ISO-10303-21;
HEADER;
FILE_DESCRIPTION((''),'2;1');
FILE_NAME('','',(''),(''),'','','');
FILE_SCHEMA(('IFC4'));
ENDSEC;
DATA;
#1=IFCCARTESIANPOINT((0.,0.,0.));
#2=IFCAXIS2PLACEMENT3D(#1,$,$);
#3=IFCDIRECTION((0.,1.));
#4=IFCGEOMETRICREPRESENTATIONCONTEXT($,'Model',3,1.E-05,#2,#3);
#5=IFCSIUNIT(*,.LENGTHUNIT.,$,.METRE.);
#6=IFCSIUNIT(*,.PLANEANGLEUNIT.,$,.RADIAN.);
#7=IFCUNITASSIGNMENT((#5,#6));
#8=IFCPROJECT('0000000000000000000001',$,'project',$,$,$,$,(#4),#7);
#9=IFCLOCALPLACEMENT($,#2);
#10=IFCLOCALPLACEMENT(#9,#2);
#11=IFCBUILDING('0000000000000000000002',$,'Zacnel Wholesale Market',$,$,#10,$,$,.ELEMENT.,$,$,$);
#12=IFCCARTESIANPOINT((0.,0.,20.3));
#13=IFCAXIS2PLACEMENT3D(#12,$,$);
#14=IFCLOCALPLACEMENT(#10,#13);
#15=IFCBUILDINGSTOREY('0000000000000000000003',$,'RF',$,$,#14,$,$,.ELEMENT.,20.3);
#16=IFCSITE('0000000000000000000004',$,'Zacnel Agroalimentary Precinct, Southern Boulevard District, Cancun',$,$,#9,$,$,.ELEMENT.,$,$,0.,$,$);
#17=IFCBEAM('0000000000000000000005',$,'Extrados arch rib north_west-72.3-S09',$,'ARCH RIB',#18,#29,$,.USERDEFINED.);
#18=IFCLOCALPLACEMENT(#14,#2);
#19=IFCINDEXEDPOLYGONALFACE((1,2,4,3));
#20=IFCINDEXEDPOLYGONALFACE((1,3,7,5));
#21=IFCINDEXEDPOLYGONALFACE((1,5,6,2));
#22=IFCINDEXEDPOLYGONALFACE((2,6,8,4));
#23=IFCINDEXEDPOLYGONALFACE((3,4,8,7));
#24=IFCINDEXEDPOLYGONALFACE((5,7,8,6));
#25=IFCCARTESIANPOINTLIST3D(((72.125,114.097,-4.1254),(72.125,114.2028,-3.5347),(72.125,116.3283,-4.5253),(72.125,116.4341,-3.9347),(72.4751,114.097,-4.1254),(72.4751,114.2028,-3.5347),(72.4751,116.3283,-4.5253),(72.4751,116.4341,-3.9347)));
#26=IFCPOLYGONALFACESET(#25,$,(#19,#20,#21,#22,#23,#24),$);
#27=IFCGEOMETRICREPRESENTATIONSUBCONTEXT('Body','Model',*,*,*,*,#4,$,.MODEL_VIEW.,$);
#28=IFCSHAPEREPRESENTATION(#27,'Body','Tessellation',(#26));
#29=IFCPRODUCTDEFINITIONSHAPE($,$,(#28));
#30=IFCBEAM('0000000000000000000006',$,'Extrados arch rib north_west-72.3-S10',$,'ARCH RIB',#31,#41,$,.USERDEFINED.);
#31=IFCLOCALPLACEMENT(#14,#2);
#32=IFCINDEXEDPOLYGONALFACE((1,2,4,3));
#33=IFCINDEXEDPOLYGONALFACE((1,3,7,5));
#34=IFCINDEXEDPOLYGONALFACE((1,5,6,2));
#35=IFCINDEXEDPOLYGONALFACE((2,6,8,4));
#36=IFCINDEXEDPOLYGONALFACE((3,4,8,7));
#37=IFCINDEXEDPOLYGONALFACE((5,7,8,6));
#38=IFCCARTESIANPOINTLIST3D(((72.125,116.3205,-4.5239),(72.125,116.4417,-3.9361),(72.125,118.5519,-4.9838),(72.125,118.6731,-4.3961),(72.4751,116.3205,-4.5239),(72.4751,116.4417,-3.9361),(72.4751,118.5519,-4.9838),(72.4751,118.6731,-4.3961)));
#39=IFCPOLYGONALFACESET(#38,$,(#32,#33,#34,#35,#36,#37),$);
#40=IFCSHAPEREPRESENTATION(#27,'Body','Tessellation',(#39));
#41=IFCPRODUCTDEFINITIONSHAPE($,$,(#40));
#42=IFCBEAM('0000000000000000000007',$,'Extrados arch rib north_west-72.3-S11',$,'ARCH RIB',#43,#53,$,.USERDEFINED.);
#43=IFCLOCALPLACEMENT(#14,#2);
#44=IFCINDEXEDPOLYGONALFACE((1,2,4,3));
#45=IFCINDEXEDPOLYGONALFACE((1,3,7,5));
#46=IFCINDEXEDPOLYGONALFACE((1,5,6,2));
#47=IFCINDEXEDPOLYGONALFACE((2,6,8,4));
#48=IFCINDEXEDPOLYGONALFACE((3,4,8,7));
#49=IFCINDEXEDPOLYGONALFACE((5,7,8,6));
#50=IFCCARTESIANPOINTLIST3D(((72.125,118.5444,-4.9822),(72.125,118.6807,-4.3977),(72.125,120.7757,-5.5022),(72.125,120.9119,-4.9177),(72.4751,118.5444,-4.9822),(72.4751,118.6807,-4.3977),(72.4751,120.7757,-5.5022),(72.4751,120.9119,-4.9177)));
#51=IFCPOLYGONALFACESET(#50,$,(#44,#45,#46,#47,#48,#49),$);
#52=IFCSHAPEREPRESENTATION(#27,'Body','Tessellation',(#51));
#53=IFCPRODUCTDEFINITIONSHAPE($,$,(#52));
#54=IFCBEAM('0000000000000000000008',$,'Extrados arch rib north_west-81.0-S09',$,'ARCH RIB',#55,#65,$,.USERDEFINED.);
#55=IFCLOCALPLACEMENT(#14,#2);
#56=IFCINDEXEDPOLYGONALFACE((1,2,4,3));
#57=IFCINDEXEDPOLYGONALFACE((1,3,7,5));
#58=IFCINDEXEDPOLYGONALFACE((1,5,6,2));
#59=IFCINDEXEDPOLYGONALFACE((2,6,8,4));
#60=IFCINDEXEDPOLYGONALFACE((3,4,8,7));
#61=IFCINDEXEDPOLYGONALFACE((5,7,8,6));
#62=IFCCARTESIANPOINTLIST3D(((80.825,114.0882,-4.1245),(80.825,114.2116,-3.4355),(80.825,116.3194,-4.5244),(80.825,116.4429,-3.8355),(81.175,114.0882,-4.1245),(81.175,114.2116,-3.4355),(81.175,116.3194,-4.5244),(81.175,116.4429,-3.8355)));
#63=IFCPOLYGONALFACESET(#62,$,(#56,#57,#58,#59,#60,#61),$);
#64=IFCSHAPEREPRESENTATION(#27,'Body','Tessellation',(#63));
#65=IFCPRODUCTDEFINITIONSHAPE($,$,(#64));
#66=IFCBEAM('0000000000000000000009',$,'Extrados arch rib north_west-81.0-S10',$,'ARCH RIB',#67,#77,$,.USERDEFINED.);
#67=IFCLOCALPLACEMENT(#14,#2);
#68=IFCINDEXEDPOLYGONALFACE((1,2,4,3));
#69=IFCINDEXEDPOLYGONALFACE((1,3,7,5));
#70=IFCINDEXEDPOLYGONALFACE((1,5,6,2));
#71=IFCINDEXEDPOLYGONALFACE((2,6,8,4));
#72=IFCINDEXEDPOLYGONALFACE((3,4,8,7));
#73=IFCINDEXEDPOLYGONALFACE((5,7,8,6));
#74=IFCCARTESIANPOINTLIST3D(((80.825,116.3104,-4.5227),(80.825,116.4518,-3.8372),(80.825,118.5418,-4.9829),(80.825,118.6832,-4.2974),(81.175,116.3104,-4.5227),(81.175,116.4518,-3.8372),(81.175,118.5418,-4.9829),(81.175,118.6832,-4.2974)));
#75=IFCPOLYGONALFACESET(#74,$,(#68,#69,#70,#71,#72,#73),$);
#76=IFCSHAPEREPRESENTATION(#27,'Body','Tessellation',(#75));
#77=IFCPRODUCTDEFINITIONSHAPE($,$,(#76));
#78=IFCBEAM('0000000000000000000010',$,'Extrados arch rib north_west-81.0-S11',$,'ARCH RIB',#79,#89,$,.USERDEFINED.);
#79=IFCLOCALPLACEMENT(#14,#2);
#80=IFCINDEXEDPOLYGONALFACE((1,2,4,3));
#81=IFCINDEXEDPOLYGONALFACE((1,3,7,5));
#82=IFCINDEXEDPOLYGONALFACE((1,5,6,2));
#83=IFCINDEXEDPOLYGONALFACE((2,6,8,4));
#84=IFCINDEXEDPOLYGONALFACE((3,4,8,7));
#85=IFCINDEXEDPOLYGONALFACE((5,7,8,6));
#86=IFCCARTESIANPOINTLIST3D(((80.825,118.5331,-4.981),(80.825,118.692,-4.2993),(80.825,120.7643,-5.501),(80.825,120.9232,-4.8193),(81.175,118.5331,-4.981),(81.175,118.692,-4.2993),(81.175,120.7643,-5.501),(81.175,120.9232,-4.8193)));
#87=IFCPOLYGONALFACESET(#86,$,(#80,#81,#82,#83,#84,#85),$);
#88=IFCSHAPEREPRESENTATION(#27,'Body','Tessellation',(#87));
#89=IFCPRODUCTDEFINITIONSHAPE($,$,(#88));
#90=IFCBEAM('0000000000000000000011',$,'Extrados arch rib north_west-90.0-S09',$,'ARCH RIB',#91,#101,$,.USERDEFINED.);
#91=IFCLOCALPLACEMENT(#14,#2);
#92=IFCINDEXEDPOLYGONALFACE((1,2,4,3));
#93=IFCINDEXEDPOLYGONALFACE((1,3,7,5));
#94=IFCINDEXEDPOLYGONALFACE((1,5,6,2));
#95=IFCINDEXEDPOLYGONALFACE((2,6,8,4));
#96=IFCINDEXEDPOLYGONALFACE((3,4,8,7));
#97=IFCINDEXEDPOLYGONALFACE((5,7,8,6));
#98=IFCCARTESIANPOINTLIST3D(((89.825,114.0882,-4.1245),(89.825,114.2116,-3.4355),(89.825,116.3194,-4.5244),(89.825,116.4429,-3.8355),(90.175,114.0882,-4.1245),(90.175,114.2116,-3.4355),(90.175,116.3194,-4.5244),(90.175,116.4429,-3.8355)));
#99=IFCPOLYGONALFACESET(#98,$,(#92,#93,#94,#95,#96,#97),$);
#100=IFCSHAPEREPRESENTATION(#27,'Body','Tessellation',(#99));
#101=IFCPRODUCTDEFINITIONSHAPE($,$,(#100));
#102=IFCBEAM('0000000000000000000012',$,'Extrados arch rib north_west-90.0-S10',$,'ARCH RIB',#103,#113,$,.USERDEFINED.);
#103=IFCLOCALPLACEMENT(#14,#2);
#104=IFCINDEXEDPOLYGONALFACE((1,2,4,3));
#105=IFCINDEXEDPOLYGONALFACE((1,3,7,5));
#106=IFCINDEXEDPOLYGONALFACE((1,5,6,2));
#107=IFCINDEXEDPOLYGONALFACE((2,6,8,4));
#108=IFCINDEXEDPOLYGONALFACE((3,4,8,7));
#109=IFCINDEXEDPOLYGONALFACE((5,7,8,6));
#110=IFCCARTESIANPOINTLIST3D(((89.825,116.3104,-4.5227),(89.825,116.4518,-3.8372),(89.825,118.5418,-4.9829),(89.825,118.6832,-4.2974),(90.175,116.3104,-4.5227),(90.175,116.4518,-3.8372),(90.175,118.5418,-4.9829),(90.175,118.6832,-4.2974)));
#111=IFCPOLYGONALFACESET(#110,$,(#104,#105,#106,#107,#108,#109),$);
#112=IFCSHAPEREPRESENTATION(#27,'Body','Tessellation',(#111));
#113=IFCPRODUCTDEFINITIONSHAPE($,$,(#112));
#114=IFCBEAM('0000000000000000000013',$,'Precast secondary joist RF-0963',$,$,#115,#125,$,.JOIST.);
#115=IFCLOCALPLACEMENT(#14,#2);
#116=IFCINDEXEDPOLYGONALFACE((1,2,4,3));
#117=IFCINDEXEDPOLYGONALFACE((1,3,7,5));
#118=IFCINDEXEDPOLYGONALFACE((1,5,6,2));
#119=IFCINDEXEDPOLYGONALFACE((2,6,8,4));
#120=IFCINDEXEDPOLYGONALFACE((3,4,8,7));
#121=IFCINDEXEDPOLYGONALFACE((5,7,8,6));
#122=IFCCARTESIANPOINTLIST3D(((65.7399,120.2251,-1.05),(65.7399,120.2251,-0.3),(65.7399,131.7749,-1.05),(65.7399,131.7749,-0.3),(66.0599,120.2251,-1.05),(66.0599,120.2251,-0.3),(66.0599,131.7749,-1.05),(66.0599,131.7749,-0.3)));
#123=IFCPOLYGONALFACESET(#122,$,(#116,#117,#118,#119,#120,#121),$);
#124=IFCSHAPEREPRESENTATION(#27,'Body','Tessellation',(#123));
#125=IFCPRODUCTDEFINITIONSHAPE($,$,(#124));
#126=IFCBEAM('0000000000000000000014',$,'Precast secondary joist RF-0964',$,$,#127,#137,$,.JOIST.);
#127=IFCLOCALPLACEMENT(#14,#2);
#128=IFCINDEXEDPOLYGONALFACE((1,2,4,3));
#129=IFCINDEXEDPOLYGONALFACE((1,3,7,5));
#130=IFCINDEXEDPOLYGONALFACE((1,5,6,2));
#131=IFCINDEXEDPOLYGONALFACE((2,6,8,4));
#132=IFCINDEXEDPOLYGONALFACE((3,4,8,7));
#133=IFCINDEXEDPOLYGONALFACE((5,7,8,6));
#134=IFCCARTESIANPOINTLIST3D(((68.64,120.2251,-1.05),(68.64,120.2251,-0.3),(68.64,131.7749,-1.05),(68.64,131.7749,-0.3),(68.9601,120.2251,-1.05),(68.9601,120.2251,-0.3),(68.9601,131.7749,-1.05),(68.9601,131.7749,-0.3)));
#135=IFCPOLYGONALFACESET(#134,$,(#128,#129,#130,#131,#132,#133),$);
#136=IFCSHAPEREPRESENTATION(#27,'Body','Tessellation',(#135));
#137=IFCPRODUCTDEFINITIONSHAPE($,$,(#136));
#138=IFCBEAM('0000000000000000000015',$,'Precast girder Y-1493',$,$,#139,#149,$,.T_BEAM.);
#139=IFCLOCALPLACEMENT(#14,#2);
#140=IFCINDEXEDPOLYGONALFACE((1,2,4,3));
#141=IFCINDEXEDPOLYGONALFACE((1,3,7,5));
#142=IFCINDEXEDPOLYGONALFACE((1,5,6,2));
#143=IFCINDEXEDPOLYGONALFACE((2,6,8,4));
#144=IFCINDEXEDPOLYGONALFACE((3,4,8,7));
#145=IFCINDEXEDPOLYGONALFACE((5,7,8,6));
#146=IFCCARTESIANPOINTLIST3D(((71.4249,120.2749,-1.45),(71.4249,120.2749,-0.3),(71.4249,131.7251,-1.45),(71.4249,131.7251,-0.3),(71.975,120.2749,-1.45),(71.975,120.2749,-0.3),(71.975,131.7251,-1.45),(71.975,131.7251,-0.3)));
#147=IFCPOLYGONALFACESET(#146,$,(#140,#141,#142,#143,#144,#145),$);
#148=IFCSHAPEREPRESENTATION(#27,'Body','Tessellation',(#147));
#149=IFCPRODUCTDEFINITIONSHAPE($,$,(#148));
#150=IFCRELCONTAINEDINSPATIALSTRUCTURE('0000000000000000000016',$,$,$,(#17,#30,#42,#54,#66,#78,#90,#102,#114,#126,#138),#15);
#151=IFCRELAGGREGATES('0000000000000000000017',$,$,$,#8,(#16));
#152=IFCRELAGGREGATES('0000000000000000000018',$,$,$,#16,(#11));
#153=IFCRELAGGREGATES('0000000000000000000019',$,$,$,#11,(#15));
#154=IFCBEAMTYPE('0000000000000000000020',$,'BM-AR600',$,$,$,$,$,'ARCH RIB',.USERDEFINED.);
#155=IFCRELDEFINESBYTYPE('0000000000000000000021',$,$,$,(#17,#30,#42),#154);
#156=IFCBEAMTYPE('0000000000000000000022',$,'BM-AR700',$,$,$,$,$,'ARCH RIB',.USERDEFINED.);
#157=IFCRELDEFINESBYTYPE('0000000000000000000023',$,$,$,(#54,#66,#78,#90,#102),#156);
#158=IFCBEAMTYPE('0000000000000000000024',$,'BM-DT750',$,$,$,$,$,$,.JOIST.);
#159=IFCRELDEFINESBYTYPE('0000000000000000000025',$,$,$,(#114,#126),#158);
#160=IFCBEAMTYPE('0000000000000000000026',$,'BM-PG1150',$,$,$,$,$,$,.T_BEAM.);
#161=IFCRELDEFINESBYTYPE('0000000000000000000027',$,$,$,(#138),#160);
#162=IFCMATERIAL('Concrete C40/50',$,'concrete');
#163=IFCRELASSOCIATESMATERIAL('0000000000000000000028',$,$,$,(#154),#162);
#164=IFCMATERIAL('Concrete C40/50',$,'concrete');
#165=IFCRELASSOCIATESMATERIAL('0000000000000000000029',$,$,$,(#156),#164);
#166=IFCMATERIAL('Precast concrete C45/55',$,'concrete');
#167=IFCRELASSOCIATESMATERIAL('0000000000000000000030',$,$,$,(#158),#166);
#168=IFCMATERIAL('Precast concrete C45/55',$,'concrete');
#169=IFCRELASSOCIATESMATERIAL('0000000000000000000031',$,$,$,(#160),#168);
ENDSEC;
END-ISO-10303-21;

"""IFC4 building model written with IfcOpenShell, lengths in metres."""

from ifc_helpers import new_model, si_unit, direction, frame, origin, origin_2d, place, context, subcontext, project, spatial, rectangle, extrude, material, material_profile, profile_set, type_object, element, save


model = new_model("IFC4")

# Units and contexts
model_context = context("Model", 3, precision=1e-05, world=origin(), true_north=direction((0.0, 1.0)))
body_context = subcontext(model_context, "Body", "Model", "MODEL_VIEW")
ifc_project = project(units=[si_unit("LENGTHUNIT", "METRE"), si_unit("PLANEANGLEUNIT", "RADIAN")], contexts=[model_context])

# Site, building, storey
site_placement = place(None, origin())
site = spatial("IfcSite", under=ifc_project, at=site_placement, Name="Zacnel Agroalimentary Precinct, Southern Boulevard District, Cancun", CompositionType="ELEMENT", RefElevation=0.0)
building_placement = place(site_placement, origin())
building = spatial("IfcBuilding", under=site, at=building_placement, Name="Zacnel Wholesale Market", CompositionType="ELEMENT")
storey_placement = place(building_placement, frame((0.0, 0.0, 20.3)))
storey = spatial("IfcBuildingStorey", under=building, at=storey_placement, Name="RF", CompositionType="ELEMENT", Elevation=20.3)

# Beams
ifc_material_1 = material(Name="Concrete C40/50", Category="concrete")
ifc_material_profile_1 = material_profile(ifc_material_1, rectangle(XDim=0.3501, YDim=0.6001, at=origin_2d()), Name="ARCH RIB 350x600")
ifc_profile_set_1 = profile_set([ifc_material_profile_1], Name="Concrete C40/50")
beam_type_1 = type_object("IfcBeamType", Name="BM-AR600", ElementType="ARCH RIB", PredefinedType="USERDEFINED", material=ifc_profile_set_1)
beam_1_placement = place(storey_placement, frame((72.3, 114.1499, -3.8301), z_axis=(0.0, 0.984315, -0.176421), x_axis=(-1.0, 0.0, 0.0)))
element("IfcBeam", 1, at=beam_1_placement, inside=storey, type_object=beam_type_1, Name="Extrados arch rib north_west-72.3-S09", ObjectType="ARCH RIB", PredefinedType="USERDEFINED", context=body_context, shape_type="SweptSolid", body=[
    extrude(rectangle(XDim=0.3501, YDim=0.6001, at=origin_2d()), origin(), (0.0, 0.0, 1.0), 2.2668),
])
beam_2_placement = place(storey_placement, frame((72.3, 116.3811, -4.23), z_axis=(0.0, 0.97941, -0.201883), x_axis=(-1.0, 0.0, 0.0)))
element("IfcBeam", 2, at=beam_2_placement, inside=storey, type_object=beam_type_1, Name="Extrados arch rib north_west-72.3-S10", ObjectType="ARCH RIB", PredefinedType="USERDEFINED", context=body_context, shape_type="SweptSolid", body=[
    extrude(rectangle(XDim=0.3501, YDim=0.6001, at=origin_2d()), origin(), (0.0, 0.0, 1.0), 2.2783),
])
beam_3_placement = place(storey_placement, frame((72.3, 118.6125, -4.6899), z_axis=(0.0, 0.973899, -0.226984), x_axis=(-1.0, 0.0, 0.0)))
element("IfcBeam", 3, at=beam_3_placement, inside=storey, type_object=beam_type_1, Name="Extrados arch rib north_west-72.3-S11", ObjectType="ARCH RIB", PredefinedType="USERDEFINED", context=body_context, shape_type="SweptSolid", body=[
    extrude(rectangle(XDim=0.3501, YDim=0.6001, at=origin_2d()), origin(), (0.0, 0.0, 1.0), 2.291),
])
ifc_material_2 = material(Name="Concrete C40/50", Category="concrete")
ifc_material_profile_2 = material_profile(ifc_material_2, rectangle(XDim=0.3501, YDim=0.7, at=origin_2d()), Name="ARCH RIB 350x700")
ifc_profile_set_2 = profile_set([ifc_material_profile_2], Name="Concrete C40/50")
beam_type_2 = type_object("IfcBeamType", Name="BM-AR700", ElementType="ARCH RIB", PredefinedType="USERDEFINED", material=ifc_profile_set_2)
beam_4_placement = place(storey_placement, frame((81.0, 114.1499, -3.78), z_axis=(0.0, 0.984315, -0.176421), x_axis=(-1.0, 0.0, 0.0)))
element("IfcBeam", 4, at=beam_4_placement, inside=storey, type_object=beam_type_2, Name="Extrados arch rib north_west-81.0-S09", ObjectType="ARCH RIB", PredefinedType="USERDEFINED", context=body_context, shape_type="SweptSolid", body=[
    extrude(rectangle(XDim=0.3501, YDim=0.7, at=origin_2d()), origin(), (0.0, 0.0, 1.0), 2.2668),
])
beam_5_placement = place(storey_placement, frame((81.0, 116.3811, -4.1799), z_axis=(0.0, 0.979389, -0.201985), x_axis=(-1.0, 0.0, 0.0)))
element("IfcBeam", 5, at=beam_5_placement, inside=storey, type_object=beam_type_2, Name="Extrados arch rib north_west-81.0-S10", ObjectType="ARCH RIB", PredefinedType="USERDEFINED", context=body_context, shape_type="SweptSolid", body=[
    extrude(rectangle(XDim=0.3501, YDim=0.7, at=origin_2d()), origin(), (0.0, 0.0, 1.0), 2.2783),
])
beam_6_placement = place(storey_placement, frame((81.0, 118.6125, -4.6401), z_axis=(0.0, 0.973899, -0.226984), x_axis=(-1.0, 0.0, 0.0)))
element("IfcBeam", 6, at=beam_6_placement, inside=storey, type_object=beam_type_2, Name="Extrados arch rib north_west-81.0-S11", ObjectType="ARCH RIB", PredefinedType="USERDEFINED", context=body_context, shape_type="SweptSolid", body=[
    extrude(rectangle(XDim=0.3501, YDim=0.7, at=origin_2d()), origin(), (0.0, 0.0, 1.0), 2.291),
])
beam_7_placement = place(storey_placement, frame((90.0, 114.1499, -3.78), z_axis=(0.0, 0.984315, -0.176421), x_axis=(-1.0, 0.0, 0.0)))
element("IfcBeam", 7, at=beam_7_placement, inside=storey, type_object=beam_type_2, Name="Extrados arch rib north_west-90.0-S09", ObjectType="ARCH RIB", PredefinedType="USERDEFINED", context=body_context, shape_type="SweptSolid", body=[
    extrude(rectangle(XDim=0.3501, YDim=0.7, at=origin_2d()), origin(), (0.0, 0.0, 1.0), 2.2668),
])
beam_8_placement = place(storey_placement, frame((90.0, 116.3811, -4.1799), z_axis=(0.0, 0.979389, -0.201985), x_axis=(-1.0, 0.0, 0.0)))
element("IfcBeam", 8, at=beam_8_placement, inside=storey, type_object=beam_type_2, Name="Extrados arch rib north_west-90.0-S10", ObjectType="ARCH RIB", PredefinedType="USERDEFINED", context=body_context, shape_type="SweptSolid", body=[
    extrude(rectangle(XDim=0.3501, YDim=0.7, at=origin_2d()), origin(), (0.0, 0.0, 1.0), 2.2783),
])
ifc_material_3 = material(Name="Precast concrete C45/55", Category="concrete")
ifc_material_profile_3 = material_profile(ifc_material_3, rectangle(XDim=0.3201, YDim=0.75, at=origin_2d()), Name="DT RIB 320x750")
ifc_profile_set_3 = profile_set([ifc_material_profile_3], Name="Precast concrete C45/55")
beam_type_3 = type_object("IfcBeamType", Name="BM-DT750", PredefinedType="JOIST", material=ifc_profile_set_3)
for number, where, z_axis, x_axis, name in (
    (9, (65.8999, 120.2251, -0.675), (0.0, 1.0, 0.0), (-1.0, 0.0, 0.0), "Precast secondary joist RF-0963"),
    (10, (68.8, 120.2251, -0.675), (0.0, 1.0, 0.0), (-1.0, 0.0, 0.0), "Precast secondary joist RF-0964"),
):
    element("IfcBeam", number, at=place(storey_placement, frame(where, z_axis=z_axis, x_axis=x_axis)), inside=storey, type_object=beam_type_3, Name=name, PredefinedType="JOIST", context=body_context, shape_type="SweptSolid", body=[
        extrude(rectangle(XDim=0.3201, YDim=0.75, at=origin_2d()), origin(), (0.0, 0.0, 1.0), 11.5498),
    ])
ifc_material_4 = material(Name="Precast concrete C45/55", Category="concrete")
ifc_material_profile_4 = material_profile(ifc_material_4, rectangle(XDim=0.55, YDim=1.1499, at=origin_2d()), Name="PG 550x1150")
ifc_profile_set_4 = profile_set([ifc_material_profile_4], Name="Precast concrete C45/55")
beam_type_4 = type_object("IfcBeamType", Name="BM-PG1150", PredefinedType="T_BEAM", material=ifc_profile_set_4)
beam_9_placement = place(storey_placement, frame((71.7, 120.2749, -0.875), z_axis=(0.0, 1.0, 0.0), x_axis=(-1.0, 0.0, 0.0)))
element("IfcBeam", 11, at=beam_9_placement, inside=storey, type_object=beam_type_4, Name="Precast girder Y-1493", PredefinedType="T_BEAM", context=body_context, shape_type="SweptSolid", body=[
    extrude(rectangle(XDim=0.55, YDim=1.1499, at=origin_2d()), origin(), (0.0, 0.0, 1.0), 11.4502),
])

save(model, "model.ifc")
